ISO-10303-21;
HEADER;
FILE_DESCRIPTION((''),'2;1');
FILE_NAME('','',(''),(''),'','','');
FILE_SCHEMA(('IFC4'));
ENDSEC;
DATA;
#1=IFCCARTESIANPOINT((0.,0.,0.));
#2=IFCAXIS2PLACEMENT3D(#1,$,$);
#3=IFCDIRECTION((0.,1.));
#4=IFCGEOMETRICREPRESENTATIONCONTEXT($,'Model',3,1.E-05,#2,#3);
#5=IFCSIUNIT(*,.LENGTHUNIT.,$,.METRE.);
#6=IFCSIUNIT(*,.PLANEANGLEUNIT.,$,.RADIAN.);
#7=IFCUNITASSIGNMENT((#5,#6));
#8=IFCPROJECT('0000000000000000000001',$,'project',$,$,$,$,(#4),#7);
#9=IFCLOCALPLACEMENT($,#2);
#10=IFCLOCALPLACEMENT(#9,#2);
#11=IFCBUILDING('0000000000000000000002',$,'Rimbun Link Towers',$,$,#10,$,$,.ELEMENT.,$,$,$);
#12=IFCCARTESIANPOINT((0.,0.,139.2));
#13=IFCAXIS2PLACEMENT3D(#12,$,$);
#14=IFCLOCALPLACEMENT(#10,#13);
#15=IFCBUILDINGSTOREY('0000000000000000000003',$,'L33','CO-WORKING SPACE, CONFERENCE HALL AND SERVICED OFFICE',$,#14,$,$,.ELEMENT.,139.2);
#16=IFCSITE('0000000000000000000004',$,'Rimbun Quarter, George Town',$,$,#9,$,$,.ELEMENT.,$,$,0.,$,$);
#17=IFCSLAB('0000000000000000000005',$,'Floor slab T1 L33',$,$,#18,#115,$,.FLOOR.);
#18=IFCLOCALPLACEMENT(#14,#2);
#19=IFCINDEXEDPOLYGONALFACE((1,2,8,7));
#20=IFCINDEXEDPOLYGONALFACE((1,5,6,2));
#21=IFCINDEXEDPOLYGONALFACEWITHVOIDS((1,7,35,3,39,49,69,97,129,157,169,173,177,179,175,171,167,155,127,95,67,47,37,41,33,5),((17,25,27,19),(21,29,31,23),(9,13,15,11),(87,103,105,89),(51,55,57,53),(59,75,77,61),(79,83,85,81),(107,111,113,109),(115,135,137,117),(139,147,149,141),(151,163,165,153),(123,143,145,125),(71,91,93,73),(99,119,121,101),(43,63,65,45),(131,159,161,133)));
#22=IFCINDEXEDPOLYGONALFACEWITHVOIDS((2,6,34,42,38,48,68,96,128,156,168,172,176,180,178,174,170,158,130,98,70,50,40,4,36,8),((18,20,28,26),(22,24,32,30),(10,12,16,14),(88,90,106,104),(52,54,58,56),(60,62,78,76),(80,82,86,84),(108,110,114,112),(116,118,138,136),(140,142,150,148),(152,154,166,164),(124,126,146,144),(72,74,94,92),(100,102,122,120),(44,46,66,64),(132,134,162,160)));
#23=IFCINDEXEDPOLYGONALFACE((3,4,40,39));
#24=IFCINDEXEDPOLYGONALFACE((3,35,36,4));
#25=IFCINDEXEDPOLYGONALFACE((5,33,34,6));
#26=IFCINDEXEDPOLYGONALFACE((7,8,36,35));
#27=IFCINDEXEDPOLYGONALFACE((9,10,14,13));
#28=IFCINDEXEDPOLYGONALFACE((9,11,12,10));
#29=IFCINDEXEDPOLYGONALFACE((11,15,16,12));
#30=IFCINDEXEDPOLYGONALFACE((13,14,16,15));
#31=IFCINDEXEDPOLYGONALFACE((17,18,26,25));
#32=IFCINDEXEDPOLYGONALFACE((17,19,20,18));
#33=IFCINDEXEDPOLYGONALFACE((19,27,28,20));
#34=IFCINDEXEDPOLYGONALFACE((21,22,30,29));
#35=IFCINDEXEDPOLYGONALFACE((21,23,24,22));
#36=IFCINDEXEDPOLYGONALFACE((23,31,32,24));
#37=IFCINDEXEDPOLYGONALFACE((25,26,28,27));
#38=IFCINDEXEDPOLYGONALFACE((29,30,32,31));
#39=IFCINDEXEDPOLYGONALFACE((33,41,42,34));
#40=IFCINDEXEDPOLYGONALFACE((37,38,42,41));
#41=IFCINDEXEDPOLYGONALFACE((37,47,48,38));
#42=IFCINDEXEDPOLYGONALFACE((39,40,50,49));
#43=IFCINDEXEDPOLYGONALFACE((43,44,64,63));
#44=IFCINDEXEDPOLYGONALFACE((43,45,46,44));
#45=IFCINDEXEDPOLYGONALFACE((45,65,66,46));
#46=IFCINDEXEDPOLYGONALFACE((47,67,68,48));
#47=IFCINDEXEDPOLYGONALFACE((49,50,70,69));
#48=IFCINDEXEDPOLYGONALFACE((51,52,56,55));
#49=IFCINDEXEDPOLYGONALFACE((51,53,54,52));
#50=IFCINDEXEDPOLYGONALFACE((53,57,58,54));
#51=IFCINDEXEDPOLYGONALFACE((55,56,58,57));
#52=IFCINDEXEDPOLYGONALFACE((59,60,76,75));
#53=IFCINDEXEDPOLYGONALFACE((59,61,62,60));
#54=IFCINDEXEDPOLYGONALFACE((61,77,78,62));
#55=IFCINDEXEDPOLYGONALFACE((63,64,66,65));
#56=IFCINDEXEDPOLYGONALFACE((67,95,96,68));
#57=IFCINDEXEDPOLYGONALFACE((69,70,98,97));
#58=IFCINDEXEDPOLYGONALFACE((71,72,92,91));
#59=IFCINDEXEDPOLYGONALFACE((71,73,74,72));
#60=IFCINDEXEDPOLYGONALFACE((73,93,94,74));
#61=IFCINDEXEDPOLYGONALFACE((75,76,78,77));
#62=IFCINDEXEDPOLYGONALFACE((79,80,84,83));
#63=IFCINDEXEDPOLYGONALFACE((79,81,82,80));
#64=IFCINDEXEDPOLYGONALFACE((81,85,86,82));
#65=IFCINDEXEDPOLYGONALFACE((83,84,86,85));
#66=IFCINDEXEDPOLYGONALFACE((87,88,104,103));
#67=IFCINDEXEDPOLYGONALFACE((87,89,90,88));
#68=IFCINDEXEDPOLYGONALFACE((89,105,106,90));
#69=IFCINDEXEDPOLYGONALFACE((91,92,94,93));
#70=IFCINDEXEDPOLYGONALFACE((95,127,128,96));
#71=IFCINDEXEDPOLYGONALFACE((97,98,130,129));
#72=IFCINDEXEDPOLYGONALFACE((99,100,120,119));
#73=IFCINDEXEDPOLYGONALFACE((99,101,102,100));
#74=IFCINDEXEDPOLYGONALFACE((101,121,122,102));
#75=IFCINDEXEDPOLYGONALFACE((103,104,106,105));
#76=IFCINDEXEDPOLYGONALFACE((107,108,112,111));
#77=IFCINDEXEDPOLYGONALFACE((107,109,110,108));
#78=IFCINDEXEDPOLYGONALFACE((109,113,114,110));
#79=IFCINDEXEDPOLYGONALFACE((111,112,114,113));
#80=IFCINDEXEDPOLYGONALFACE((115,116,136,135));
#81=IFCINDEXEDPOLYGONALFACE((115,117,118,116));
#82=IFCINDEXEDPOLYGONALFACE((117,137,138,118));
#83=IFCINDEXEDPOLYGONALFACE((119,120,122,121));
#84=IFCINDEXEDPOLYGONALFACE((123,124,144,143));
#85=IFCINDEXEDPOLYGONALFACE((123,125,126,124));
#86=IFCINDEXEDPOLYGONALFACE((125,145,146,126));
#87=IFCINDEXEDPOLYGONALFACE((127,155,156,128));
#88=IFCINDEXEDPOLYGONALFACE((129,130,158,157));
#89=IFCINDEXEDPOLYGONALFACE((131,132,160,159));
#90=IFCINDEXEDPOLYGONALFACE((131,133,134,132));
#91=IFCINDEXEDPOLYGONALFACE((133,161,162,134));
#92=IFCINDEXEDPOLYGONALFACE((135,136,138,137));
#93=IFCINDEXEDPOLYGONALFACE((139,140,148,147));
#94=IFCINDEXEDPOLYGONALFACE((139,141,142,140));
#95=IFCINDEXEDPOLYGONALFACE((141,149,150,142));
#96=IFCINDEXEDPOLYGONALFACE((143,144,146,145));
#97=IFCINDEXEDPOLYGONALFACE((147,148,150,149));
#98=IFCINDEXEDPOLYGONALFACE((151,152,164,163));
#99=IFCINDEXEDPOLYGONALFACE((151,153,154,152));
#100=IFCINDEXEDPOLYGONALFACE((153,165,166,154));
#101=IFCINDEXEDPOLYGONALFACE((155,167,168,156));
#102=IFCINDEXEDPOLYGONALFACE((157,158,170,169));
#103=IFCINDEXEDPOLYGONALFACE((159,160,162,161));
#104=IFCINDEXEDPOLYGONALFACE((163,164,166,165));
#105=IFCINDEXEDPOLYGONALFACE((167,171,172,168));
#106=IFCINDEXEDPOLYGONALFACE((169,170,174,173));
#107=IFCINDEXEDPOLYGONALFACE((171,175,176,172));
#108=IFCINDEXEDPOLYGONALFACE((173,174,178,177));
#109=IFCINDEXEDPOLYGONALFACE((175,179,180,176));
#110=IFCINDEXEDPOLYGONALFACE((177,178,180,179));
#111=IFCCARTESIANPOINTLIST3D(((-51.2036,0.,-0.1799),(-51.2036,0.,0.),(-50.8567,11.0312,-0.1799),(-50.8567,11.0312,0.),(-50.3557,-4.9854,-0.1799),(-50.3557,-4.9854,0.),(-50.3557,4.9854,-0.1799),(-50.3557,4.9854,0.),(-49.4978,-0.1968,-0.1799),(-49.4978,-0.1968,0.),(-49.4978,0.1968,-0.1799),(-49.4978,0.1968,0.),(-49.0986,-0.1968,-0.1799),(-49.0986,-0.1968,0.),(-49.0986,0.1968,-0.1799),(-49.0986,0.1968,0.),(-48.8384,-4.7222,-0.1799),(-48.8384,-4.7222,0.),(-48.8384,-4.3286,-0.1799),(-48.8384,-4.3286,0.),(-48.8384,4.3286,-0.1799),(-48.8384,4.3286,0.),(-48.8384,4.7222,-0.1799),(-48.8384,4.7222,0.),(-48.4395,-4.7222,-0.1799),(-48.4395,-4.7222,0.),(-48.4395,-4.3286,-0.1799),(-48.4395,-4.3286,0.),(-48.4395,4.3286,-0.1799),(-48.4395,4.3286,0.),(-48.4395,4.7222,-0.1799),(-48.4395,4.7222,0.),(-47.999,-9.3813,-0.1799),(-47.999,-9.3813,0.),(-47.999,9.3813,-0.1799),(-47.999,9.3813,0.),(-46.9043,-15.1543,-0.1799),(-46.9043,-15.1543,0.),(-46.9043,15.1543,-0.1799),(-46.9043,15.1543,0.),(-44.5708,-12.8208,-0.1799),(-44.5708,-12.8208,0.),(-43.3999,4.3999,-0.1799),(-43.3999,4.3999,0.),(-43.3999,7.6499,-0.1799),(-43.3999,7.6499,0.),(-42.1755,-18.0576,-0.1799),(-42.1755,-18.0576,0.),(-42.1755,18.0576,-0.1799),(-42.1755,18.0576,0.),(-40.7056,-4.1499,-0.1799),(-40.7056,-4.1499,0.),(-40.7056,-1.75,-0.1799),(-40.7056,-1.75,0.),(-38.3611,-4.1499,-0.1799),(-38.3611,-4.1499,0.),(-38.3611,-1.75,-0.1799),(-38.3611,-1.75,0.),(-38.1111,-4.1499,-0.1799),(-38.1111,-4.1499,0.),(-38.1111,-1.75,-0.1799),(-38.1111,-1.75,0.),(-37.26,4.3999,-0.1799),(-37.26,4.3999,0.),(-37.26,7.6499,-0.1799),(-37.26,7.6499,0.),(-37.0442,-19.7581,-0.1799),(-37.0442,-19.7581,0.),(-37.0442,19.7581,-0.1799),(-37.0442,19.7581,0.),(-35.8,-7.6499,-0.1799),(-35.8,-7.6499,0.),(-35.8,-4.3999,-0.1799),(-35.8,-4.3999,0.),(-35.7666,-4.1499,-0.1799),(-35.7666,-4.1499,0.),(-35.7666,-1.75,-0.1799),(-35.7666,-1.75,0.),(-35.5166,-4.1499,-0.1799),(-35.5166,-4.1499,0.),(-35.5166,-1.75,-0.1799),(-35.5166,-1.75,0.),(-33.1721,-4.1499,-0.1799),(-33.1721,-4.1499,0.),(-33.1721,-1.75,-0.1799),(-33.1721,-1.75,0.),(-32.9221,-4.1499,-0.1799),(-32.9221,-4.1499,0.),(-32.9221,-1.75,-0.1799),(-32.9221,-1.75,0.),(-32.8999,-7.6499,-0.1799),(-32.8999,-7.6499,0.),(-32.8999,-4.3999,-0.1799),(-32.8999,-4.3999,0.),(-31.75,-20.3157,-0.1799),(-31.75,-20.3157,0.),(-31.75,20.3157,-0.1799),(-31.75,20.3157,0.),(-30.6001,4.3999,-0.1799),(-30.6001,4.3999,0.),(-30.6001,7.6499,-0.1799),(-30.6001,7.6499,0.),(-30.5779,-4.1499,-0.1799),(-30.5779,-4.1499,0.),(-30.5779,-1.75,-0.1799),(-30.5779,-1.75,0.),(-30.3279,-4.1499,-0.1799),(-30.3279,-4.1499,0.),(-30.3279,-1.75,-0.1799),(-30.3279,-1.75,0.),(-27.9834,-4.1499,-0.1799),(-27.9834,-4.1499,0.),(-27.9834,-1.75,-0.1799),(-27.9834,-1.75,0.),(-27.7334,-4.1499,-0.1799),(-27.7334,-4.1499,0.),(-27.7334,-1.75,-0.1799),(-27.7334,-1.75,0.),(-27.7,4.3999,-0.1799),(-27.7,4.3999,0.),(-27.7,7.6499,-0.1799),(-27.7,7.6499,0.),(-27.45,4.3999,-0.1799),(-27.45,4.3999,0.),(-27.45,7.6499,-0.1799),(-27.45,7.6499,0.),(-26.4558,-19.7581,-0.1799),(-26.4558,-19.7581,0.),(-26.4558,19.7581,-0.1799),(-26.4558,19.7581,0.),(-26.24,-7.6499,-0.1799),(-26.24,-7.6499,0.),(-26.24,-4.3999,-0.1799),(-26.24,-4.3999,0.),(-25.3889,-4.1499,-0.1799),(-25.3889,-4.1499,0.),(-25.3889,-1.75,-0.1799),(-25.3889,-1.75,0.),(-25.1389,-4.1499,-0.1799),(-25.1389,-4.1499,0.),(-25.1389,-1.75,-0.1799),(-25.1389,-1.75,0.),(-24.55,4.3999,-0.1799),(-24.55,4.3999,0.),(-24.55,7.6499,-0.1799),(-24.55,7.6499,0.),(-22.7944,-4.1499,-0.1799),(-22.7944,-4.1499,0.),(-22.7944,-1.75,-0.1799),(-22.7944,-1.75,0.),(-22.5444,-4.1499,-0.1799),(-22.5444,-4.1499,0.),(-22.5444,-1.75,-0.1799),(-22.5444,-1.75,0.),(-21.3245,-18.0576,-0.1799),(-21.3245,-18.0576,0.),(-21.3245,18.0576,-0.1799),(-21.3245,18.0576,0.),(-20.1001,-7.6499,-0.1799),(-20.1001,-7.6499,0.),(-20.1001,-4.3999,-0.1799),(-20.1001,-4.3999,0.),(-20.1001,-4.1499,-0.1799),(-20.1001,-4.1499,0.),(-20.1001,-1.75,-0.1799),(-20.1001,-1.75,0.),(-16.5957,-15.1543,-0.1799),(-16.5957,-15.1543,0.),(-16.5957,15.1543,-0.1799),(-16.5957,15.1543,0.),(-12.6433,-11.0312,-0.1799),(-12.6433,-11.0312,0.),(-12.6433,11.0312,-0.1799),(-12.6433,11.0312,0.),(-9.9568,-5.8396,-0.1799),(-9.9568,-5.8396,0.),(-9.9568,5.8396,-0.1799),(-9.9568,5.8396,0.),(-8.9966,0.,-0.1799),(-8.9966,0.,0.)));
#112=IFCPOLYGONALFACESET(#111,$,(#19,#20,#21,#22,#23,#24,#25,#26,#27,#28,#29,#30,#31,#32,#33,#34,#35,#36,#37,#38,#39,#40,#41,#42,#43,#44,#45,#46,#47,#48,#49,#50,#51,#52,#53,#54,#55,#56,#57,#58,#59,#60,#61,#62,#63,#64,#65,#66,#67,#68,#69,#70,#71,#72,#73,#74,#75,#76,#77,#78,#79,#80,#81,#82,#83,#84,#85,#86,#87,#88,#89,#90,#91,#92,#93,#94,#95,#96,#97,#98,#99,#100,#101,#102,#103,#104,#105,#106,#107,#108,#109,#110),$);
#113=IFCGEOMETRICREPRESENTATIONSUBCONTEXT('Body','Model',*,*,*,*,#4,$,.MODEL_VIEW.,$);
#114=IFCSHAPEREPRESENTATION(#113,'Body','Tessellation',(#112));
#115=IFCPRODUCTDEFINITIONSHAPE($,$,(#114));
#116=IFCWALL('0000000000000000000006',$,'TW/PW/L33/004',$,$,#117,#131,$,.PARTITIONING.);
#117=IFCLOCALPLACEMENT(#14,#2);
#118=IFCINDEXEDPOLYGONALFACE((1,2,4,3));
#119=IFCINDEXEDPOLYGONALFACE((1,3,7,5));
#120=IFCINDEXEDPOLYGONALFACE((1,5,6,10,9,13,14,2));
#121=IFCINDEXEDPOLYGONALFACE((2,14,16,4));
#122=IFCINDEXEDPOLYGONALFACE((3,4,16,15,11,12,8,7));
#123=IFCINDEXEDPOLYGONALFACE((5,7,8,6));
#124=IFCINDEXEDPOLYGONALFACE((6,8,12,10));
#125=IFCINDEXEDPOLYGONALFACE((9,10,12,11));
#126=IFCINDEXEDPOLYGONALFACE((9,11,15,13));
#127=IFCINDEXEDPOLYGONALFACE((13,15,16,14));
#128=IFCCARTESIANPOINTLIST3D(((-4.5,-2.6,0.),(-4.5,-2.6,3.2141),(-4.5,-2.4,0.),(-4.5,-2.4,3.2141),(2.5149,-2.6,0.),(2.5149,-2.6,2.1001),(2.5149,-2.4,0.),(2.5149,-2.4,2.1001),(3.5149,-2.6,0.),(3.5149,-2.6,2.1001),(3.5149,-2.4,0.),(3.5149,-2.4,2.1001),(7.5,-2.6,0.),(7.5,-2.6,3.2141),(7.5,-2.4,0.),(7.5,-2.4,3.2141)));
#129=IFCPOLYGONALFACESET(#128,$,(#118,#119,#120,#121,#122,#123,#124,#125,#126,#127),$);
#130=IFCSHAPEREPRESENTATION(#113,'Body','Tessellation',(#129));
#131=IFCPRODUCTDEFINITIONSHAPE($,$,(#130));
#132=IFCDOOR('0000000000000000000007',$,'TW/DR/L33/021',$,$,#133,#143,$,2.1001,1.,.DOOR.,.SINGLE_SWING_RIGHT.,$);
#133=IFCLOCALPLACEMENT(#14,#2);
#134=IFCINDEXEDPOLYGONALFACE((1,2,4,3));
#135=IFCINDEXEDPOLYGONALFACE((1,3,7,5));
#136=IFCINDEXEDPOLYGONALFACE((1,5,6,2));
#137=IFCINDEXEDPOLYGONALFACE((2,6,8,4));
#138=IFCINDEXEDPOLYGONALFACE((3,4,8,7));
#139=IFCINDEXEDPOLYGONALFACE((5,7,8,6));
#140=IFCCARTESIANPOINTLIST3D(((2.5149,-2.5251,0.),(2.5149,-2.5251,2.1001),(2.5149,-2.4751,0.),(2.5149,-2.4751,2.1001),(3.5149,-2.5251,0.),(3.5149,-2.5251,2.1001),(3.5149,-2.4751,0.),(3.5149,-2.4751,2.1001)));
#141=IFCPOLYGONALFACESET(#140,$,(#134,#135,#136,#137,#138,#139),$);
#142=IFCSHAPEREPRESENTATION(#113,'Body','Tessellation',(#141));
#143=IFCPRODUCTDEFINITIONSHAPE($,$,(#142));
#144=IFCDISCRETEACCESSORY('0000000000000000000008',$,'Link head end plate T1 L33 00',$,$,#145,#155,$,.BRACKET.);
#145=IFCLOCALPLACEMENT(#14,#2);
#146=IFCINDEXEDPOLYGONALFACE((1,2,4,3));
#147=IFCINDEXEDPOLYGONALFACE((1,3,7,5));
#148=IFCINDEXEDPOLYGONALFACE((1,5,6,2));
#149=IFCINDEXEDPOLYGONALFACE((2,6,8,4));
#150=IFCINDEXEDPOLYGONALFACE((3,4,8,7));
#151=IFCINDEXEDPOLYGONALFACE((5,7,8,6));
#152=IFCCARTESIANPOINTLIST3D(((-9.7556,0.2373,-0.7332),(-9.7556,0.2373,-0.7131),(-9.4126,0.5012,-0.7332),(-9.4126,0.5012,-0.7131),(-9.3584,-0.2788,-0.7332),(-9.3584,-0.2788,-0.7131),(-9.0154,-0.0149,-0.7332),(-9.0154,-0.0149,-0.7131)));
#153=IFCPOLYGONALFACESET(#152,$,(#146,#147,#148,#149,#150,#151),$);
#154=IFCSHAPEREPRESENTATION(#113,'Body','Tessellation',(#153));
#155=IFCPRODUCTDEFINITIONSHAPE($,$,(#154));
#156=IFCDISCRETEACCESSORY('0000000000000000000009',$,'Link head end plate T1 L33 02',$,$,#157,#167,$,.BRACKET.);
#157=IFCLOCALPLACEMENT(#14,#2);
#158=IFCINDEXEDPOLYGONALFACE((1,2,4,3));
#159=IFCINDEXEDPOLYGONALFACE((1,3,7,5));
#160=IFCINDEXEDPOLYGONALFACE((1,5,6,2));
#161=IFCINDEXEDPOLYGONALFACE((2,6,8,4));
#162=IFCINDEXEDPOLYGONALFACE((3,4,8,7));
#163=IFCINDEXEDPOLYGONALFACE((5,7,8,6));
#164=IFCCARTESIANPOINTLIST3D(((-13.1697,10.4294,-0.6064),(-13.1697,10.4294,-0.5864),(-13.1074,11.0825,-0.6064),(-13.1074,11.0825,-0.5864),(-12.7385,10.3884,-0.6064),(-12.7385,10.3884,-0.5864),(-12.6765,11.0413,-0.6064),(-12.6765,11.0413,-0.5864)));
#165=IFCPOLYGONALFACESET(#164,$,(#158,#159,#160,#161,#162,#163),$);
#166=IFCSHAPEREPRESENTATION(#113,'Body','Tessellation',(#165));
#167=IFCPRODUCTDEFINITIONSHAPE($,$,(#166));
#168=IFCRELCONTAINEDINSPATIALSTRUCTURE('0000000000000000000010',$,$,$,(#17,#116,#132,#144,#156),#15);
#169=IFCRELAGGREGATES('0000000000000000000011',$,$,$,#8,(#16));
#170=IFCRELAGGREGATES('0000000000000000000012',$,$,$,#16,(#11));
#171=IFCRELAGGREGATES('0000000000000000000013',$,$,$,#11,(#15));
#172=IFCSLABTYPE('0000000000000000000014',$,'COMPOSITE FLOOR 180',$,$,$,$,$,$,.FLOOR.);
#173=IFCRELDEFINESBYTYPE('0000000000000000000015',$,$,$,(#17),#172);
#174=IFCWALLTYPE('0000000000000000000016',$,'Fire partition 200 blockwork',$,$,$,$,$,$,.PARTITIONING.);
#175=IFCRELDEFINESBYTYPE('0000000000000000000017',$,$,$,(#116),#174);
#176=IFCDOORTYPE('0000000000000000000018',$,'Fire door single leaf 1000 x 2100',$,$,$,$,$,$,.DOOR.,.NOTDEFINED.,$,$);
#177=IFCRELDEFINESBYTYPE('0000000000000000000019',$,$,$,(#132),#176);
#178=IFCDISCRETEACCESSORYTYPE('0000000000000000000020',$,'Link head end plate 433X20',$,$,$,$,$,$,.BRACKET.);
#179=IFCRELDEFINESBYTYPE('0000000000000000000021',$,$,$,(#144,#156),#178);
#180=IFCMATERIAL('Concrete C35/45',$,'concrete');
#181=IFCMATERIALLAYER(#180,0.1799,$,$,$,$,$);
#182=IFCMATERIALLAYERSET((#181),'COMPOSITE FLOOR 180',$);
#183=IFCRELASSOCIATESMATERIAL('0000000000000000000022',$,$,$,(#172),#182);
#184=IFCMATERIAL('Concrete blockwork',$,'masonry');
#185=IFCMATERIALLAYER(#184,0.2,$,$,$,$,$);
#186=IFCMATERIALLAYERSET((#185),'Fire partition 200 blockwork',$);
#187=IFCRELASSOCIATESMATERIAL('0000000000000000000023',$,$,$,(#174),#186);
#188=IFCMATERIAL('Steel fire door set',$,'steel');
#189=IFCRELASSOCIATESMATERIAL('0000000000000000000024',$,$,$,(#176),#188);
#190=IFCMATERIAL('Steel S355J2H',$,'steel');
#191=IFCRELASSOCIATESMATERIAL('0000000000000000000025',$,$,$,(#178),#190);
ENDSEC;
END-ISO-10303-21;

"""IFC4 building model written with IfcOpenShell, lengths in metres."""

from ifc_helpers import new_model, si_unit, direction, frame, frame_2d, origin, origin_2d, place, context, subcontext, project, spatial, polyline, rectangle, outline, extrude, material, layer, layer_set, material_profile, profile_set, type_object, element, fill, save


model = new_model("IFC4")

# Units and contexts
model_context = context("Model", 3, precision=1e-05, world=origin(), true_north=direction((0.0, 1.0)))
body_context = subcontext(model_context, "Body", "Model", "MODEL_VIEW")
ifc_project = project(units=[si_unit("LENGTHUNIT", "METRE"), si_unit("PLANEANGLEUNIT", "RADIAN")], contexts=[model_context])

# Site, building, storey
site_placement = place(None, origin())
site = spatial("IfcSite", under=ifc_project, at=site_placement, Name="Rimbun Quarter, George Town", CompositionType="ELEMENT", RefElevation=0.0)
building_placement = place(site_placement, origin())
building = spatial("IfcBuilding", under=site, at=building_placement, Name="Rimbun Link Towers", CompositionType="ELEMENT")
storey_placement = place(building_placement, frame((0.0, 0.0, 139.2)))
storey = spatial("IfcBuildingStorey", under=building, at=storey_placement, Name="L33", Description="CO-WORKING SPACE, CONFERENCE HALL AND SERVICED OFFICE", CompositionType="ELEMENT", Elevation=139.2)

# Slab
ifc_material_1 = material(Name="Concrete C35/45", Category="concrete")
ifc_layer_1 = layer(ifc_material_1, 0.1799)
ifc_layer_set_1 = layer_set([ifc_layer_1], Name="COMPOSITE FLOOR 180")
slab_type = type_object("IfcSlabType", Name="COMPOSITE FLOOR 180", PredefinedType="FLOOR", material=ifc_layer_set_1)
slab_placement = place(storey_placement, frame((0.0, 0.0, -0.1799)))
element("IfcSlab", 1, at=slab_placement, inside=storey, type_object=slab_type, Name="Floor slab T1 L33", PredefinedType="FLOOR", context=body_context, shape_type="SweptSolid", body=[
    extrude(outline(polyline([(-46.9043, 15.1543), (-42.1755, 18.0576), (-37.0442, 19.7581), (-31.75, 20.3157), (-26.4558, 19.7581), (-21.3245, 18.0576), (-16.5957, 15.1543), (-12.6433, 11.0312), (-9.9568, 5.8396), (-8.9966, 0.0), (-9.9568, -5.8396), (-12.6433, -11.0312), (-16.5957, -15.1543), (-21.3245, -18.0576), (-26.4558, -19.7581), (-31.75, -20.3157), (-37.0442, -19.7581), (-42.1755, -18.0576), (-46.9043, -15.1543), (-44.5708, -12.8208), (-47.999, -9.3813), (-50.3557, -4.9854), (-51.2036, 0.0), (-50.3557, 4.9854), (-47.999, 9.3813), (-50.8567, 11.0312), (-46.9043, 15.1543)]), holes=[polyline([(-32.8999, -7.6499), (-32.8999, -4.3999), (-35.8, -4.3999), (-35.8, -7.6499), (-32.8999, -7.6499)]), polyline([(-48.4395, -4.7222), (-48.4395, -4.3286), (-48.8384, -4.3286), (-48.8384, -4.7222), (-48.4395, -4.7222)]), polyline([(-38.3611, -4.1499), (-38.3611, -1.75), (-40.7056, -1.75), (-40.7056, -4.1499), (-38.3611, -4.1499)]), polyline([(-35.7666, -4.1499), (-35.7666, -1.75), (-38.1111, -1.75), (-38.1111, -4.1499), (-35.7666, -4.1499)]), polyline([(-33.1721, -4.1499), (-33.1721, -1.75), (-35.5166, -1.75), (-35.5166, -4.1499), (-33.1721, -4.1499)]), polyline([(-49.0986, -0.1968), (-49.0986, 0.1968), (-49.4978, 0.1968), (-49.4978, -0.1968), (-49.0986, -0.1968)]), polyline([(-48.4395, 4.3286), (-48.4395, 4.7222), (-48.8384, 4.7222), (-48.8384, 4.3286), (-48.4395, 4.3286)]), polyline([(-37.26, 4.3999), (-37.26, 7.6499), (-43.3999, 7.6499), (-43.3999, 4.3999), (-37.26, 4.3999)]), polyline([(-20.1001, -7.6499), (-20.1001, -4.3999), (-26.24, -4.3999), (-26.24, -7.6499), (-20.1001, -7.6499)]), polyline([(-30.5779, -4.1499), (-30.5779, -1.75), (-32.9221, -1.75), (-32.9221, -4.1499), (-30.5779, -4.1499)]), polyline([(-27.9834, -4.1499), (-27.9834, -1.75), (-30.3279, -1.75), (-30.3279, -4.1499), (-27.9834, -4.1499)]), polyline([(-25.3889, -4.1499), (-25.3889, -1.75), (-27.7334, -1.75), (-27.7334, -4.1499), (-25.3889, -4.1499)]), polyline([(-22.7944, -4.1499), (-22.7944, -1.75), (-25.1389, -1.75), (-25.1389, -4.1499), (-22.7944, -4.1499)]), polyline([(-20.1001, -4.1499), (-20.1001, -1.75), (-22.5444, -1.75), (-22.5444, -4.1499), (-20.1001, -4.1499)]), polyline([(-27.7, 4.3999), (-27.7, 7.6499), (-30.6001, 7.6499), (-30.6001, 4.3999), (-27.7, 4.3999)]), polyline([(-24.55, 4.3999), (-24.55, 7.6499), (-27.45, 7.6499), (-27.45, 4.3999), (-24.55, 4.3999)])]), origin(), (0.0, 0.0, 1.0), 0.1799),
])

# Wall, opening, door
ifc_material_2 = material(Name="Concrete blockwork", Category="masonry")
ifc_layer_2 = layer(ifc_material_2, 0.2)
ifc_layer_set_2 = layer_set([ifc_layer_2], Name="Fire partition 200 blockwork")
wall_type = type_object("IfcWallType", Name="Fire partition 200 blockwork", PredefinedType="PARTITIONING", material=ifc_layer_set_2)
wall_placement = place(storey_placement, frame((-4.5, -2.5, 0.0), z_axis=(0.0, 0.0, 1.0), x_axis=(1.0, 0.0, 0.0)))
wall = element("IfcWall", 2, at=wall_placement, inside=storey, type_object=wall_type, Name="TW/PW/L33/004", PredefinedType="PARTITIONING", context=body_context, shape_type="SweptSolid", body=[
    extrude(rectangle(XDim=12.0, YDim=0.2, at=frame_2d((6.0, 0.0))), origin(), (0.0, 0.0, 1.0), 3.2141),
])
opening_placement = place(wall_placement, frame((7.0149, 0.0, 0.0)))
opening = element("IfcOpeningElement", 3, at=opening_placement, cuts=wall, PredefinedType="OPENING", context=body_context, shape_type="SweptSolid", body=[
    extrude(rectangle(XDim=1.0, YDim=2.1001, at=frame_2d((0.5, 1.05))), frame((0.0, 0.1099, 0.0), z_axis=(0.0, -1.0, 0.0), x_axis=(1.0, 0.0, 0.0)), (0.0, 0.0, 1.0), 0.22),
])
ifc_material_3 = material(Name="Steel fire door set", Category="steel")
door_type = type_object("IfcDoorType", Name="Fire door single leaf 1000 x 2100", OperationType="NOTDEFINED", PredefinedType="DOOR", material=ifc_material_3)
door_placement = place(opening_placement, origin())
door = element("IfcDoor", 4, at=door_placement, inside=storey, type_object=door_type, Name="TW/DR/L33/021", OperationType="SINGLE_SWING_RIGHT", OverallHeight=2.1001, OverallWidth=1.0, PredefinedType="DOOR", context=body_context, shape_type="SweptSolid", body=[
    extrude(rectangle(XDim=1.0, YDim=2.1001, at=frame_2d((0.5, 1.05))), frame((0.0, 0.0249, 0.0), z_axis=(0.0, -1.0, 0.0), x_axis=(1.0, 0.0, 0.0)), (0.0, 0.0, 1.0), 0.05),
])
fill(opening, door)

# Discrete accessories
ifc_material_4 = material(Name="Steel S355J2H", Category="steel")
ifc_material_profile_1 = material_profile(ifc_material_4, rectangle(XDim=0.4331, YDim=0.4331, at=origin_2d()), Name="PL 433x433")
ifc_profile_set_1 = profile_set([ifc_material_profile_1], Name="Steel S355J2H")
discrete_accessory_type = type_object("IfcDiscreteAccessoryType", Name="Link head end plate 433X20", PredefinedType="BRACKET", material=ifc_profile_set_1)
discrete_accessory_1_placement = place(storey_placement, frame((0.0, 0.0, -0.7332)))
element("IfcDiscreteAccessory", 5, at=discrete_accessory_1_placement, inside=storey, type_object=discrete_accessory_type, Name="Link head end plate T1 L33 00", PredefinedType="BRACKET", context=body_context, shape_type="SweptSolid", body=[
    extrude(outline(polyline([(-9.7556, 0.2373), (-9.3584, -0.2788), (-9.0154, -0.0149), (-9.4126, 0.5012), (-9.7556, 0.2373)])), origin(), (0.0, 0.0, 1.0), 0.02),
])
discrete_accessory_2_placement = place(storey_placement, frame((0.0, 0.0, -0.6064)))
element("IfcDiscreteAccessory", 6, at=discrete_accessory_2_placement, inside=storey, type_object=discrete_accessory_type, Name="Link head end plate T1 L33 02", PredefinedType="BRACKET", context=body_context, shape_type="SweptSolid", body=[
    extrude(outline(polyline([(-12.7385, 10.3884), (-12.6765, 11.0413), (-13.1074, 11.0825), (-13.1697, 10.4294), (-12.7385, 10.3884)])), origin(), (0.0, 0.0, 1.0), 0.02),
])

save(model, "model.ifc")
